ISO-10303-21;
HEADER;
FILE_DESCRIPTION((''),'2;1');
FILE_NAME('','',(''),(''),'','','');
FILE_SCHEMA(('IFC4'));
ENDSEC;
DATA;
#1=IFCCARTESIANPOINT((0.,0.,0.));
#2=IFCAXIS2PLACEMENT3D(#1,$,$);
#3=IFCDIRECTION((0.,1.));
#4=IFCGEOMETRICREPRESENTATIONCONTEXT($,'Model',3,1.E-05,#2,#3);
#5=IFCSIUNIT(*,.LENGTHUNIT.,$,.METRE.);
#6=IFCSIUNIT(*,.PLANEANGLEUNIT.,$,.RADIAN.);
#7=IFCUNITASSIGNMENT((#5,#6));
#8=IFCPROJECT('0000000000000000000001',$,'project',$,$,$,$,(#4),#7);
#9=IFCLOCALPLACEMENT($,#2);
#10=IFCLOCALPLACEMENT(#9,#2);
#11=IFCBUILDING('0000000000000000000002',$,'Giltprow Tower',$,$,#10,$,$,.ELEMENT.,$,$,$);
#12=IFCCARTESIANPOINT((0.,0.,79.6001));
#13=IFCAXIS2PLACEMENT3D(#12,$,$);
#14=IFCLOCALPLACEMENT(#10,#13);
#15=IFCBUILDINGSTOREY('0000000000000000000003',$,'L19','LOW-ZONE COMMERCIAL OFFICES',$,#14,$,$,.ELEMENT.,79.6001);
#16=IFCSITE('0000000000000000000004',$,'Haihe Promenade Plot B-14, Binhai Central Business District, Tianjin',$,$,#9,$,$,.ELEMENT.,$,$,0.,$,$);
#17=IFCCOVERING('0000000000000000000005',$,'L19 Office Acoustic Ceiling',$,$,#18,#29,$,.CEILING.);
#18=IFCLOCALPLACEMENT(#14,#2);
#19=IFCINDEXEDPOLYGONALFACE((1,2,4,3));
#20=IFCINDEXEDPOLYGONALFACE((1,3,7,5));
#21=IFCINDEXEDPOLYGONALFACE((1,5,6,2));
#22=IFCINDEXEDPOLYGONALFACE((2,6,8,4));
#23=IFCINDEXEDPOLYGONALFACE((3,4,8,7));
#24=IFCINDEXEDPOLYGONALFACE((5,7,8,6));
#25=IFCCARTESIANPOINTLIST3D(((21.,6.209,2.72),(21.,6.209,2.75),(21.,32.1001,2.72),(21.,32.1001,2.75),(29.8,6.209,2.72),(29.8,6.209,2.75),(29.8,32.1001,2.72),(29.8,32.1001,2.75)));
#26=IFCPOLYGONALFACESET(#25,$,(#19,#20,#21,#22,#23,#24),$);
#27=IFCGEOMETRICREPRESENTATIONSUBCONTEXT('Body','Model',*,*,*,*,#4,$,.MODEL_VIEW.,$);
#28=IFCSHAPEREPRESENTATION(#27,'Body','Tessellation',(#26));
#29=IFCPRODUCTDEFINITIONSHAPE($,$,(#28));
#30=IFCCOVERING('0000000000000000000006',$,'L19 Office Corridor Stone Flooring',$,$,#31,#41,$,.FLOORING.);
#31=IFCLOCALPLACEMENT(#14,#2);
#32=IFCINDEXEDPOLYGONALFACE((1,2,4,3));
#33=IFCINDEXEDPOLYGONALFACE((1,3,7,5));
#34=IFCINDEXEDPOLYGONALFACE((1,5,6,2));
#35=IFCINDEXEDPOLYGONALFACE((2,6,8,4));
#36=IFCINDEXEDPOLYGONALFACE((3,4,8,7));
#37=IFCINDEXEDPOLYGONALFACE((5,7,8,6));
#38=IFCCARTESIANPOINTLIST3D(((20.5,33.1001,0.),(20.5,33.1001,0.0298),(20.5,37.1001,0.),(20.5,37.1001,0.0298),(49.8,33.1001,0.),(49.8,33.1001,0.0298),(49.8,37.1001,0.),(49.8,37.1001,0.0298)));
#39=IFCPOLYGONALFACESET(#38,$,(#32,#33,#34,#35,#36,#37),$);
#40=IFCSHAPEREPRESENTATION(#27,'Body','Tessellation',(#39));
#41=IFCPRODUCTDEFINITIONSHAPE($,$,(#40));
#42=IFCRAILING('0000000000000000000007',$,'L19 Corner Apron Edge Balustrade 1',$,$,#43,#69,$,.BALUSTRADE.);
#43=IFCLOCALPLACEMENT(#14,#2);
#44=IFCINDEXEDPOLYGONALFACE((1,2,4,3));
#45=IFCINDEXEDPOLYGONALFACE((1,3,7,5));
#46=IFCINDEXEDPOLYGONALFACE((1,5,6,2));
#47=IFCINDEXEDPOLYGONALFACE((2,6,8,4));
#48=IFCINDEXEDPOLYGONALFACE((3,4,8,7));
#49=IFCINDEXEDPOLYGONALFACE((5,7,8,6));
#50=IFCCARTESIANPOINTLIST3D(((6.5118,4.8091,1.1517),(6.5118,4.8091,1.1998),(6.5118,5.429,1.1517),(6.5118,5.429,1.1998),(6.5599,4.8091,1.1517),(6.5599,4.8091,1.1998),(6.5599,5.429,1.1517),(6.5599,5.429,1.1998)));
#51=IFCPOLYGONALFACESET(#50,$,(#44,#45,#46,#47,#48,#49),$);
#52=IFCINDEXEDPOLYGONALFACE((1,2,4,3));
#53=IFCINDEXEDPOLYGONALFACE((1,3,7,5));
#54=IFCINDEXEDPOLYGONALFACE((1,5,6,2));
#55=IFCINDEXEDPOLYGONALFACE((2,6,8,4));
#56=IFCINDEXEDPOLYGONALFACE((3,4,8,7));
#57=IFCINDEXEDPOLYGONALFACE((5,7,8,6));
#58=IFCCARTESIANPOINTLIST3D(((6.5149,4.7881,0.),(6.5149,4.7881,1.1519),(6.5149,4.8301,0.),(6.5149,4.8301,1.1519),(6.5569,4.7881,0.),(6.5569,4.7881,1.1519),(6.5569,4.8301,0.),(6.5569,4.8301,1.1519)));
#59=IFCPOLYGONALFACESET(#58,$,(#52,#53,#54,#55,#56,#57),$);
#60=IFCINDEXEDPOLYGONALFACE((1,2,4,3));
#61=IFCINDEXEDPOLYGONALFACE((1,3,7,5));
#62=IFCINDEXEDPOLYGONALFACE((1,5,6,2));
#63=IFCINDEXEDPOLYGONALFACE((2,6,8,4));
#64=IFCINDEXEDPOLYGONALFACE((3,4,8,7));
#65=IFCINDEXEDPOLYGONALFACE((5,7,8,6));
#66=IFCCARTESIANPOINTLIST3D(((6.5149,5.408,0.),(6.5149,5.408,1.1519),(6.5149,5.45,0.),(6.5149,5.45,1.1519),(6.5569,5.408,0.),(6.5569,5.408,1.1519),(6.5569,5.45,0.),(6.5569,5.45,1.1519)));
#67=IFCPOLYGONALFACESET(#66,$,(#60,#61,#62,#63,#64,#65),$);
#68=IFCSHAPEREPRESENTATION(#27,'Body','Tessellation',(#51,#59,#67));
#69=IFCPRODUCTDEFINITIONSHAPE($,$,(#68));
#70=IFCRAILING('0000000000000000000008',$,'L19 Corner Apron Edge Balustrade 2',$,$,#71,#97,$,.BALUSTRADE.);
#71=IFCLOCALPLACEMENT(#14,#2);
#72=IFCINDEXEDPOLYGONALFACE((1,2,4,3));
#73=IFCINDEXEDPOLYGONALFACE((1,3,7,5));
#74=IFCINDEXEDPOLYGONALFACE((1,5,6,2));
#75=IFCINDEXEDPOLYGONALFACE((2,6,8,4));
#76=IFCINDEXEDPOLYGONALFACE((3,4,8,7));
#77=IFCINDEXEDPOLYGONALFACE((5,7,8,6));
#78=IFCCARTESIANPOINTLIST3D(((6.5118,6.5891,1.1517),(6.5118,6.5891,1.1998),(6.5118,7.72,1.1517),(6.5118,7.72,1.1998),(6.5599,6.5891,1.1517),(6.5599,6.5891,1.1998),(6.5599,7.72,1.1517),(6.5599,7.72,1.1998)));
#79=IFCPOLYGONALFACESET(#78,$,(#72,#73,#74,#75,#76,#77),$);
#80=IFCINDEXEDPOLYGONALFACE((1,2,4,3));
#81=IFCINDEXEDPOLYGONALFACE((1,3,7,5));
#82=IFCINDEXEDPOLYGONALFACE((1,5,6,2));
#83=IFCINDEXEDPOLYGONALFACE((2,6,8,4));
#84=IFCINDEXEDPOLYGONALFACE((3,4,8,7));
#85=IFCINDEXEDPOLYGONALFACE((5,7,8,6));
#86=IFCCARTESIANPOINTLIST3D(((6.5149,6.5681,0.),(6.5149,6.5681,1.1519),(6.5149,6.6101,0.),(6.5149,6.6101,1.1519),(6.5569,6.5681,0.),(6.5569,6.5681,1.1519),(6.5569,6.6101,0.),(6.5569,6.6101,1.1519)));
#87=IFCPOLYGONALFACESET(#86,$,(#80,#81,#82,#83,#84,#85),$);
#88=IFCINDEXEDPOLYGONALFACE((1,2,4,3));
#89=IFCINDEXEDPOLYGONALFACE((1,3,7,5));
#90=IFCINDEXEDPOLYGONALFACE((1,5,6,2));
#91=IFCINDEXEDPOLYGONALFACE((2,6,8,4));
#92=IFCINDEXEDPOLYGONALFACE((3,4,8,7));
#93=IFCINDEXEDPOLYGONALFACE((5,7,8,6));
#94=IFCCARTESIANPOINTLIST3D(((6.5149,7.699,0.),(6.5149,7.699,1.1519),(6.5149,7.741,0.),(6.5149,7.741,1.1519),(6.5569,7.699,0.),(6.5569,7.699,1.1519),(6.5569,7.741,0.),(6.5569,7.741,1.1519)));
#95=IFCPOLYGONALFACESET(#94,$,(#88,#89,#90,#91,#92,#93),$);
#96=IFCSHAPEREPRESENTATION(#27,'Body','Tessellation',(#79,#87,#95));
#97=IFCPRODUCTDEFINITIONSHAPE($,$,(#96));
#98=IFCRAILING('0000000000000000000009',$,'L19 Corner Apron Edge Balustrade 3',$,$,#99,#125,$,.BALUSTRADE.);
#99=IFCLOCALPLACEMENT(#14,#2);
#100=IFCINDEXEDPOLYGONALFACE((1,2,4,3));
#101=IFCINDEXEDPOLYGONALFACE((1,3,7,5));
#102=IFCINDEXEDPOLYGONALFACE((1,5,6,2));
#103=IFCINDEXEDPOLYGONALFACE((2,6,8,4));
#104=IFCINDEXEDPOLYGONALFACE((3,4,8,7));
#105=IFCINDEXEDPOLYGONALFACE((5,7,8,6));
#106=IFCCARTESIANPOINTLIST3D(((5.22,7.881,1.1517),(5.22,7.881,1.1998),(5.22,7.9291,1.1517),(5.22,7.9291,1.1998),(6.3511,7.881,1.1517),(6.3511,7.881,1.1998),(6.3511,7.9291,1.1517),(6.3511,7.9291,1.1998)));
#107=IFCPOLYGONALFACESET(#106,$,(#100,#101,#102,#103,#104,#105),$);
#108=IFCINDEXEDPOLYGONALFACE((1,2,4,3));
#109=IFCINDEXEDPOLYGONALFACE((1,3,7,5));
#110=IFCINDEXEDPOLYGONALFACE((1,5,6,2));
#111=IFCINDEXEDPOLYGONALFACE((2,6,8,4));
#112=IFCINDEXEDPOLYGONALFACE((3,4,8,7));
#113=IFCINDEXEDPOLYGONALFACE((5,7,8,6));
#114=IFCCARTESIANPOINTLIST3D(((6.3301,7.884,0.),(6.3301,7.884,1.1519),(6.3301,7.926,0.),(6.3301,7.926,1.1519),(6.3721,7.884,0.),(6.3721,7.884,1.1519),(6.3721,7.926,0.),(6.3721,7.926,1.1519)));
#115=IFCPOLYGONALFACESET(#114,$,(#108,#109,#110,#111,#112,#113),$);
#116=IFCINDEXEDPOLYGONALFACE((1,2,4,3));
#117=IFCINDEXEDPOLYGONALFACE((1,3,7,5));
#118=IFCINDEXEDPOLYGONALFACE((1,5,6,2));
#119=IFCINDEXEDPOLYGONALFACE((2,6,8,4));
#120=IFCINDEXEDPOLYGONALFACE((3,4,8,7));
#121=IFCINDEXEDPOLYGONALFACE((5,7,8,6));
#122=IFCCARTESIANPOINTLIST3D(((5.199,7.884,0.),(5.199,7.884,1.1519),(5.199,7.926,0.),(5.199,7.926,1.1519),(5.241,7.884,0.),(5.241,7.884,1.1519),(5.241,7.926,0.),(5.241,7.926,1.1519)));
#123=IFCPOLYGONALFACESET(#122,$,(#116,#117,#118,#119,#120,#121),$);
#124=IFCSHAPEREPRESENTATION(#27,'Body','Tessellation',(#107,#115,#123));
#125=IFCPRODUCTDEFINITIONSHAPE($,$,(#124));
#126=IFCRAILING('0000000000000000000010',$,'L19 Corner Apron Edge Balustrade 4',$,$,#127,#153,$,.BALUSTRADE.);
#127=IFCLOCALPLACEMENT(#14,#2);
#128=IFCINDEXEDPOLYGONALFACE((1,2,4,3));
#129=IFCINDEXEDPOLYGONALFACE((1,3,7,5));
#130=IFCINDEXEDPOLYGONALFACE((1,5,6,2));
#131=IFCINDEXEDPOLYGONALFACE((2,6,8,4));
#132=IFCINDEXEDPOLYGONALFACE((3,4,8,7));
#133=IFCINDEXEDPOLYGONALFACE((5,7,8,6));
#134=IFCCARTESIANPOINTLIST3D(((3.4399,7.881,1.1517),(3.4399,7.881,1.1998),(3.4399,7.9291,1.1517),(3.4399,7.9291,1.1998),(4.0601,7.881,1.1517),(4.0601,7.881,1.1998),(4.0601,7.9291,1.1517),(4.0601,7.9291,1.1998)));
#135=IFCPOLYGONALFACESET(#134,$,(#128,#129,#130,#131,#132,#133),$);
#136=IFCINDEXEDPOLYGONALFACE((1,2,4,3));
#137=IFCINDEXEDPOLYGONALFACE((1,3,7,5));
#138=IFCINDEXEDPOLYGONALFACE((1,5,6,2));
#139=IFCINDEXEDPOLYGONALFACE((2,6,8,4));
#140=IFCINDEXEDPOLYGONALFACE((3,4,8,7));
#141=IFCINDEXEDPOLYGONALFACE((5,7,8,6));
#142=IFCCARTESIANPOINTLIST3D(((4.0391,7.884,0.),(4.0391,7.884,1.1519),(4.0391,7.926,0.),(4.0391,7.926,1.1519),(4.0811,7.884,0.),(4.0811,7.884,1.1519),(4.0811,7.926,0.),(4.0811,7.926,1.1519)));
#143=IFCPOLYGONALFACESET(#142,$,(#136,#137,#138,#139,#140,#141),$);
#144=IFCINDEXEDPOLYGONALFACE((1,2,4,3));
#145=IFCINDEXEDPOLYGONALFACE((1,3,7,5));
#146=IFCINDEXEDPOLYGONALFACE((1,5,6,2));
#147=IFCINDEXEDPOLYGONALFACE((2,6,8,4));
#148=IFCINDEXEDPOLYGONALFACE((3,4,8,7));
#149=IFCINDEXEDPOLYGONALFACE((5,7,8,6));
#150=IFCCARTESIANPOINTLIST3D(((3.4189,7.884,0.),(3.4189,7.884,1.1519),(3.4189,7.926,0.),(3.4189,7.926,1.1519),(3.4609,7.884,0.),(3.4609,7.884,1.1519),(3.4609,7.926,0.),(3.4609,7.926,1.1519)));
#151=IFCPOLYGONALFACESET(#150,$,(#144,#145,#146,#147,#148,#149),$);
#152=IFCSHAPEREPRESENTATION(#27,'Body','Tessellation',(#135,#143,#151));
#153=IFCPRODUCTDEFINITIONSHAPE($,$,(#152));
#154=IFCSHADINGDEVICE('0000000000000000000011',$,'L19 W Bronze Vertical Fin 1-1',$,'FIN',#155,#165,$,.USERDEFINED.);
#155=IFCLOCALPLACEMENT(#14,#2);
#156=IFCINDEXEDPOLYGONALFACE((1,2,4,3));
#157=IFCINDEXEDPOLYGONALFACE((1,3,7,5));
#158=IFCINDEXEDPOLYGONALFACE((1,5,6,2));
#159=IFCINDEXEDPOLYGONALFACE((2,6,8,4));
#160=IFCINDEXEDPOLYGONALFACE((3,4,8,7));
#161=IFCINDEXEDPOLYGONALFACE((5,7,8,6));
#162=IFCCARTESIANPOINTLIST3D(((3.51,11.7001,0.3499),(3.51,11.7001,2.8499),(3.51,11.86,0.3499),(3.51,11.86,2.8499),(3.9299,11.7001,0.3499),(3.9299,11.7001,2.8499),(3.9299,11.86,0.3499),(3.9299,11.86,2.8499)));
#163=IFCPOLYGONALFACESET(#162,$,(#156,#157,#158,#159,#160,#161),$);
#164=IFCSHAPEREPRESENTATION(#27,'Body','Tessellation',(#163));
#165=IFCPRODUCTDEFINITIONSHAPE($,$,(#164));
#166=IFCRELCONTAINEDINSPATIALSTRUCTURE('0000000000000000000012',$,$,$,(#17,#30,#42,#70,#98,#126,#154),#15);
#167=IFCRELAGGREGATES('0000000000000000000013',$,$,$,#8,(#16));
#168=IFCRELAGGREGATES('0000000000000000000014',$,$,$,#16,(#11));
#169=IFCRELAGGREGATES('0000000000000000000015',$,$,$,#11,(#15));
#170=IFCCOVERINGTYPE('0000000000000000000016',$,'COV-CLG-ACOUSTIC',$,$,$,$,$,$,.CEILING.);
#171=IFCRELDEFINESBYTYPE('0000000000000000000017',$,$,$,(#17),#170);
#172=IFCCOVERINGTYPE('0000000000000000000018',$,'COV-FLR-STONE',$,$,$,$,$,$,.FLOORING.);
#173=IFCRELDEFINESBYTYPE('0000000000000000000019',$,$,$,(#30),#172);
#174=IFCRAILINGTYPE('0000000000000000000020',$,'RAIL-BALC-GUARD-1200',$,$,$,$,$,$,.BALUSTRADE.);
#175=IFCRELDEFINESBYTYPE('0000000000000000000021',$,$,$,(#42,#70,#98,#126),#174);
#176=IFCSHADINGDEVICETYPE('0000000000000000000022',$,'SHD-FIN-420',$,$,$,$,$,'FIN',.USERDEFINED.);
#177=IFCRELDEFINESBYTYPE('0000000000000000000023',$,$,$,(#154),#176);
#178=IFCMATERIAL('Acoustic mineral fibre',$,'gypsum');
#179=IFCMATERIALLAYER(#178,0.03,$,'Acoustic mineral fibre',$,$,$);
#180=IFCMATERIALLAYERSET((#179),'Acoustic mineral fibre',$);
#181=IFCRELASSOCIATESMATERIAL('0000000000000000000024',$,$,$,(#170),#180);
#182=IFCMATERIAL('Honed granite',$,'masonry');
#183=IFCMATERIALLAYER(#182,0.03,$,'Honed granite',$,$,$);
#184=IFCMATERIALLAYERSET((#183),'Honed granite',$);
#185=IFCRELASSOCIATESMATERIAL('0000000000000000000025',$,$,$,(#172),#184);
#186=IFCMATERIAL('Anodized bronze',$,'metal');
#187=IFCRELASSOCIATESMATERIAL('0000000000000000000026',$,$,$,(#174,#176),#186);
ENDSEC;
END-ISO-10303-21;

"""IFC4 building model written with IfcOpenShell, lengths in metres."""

from ifc_helpers import new_model, si_unit, direction, frame, origin, origin_2d, place, context, subcontext, project, spatial, polyline, rectangle, outline, extrude, source, transform, mapped, material, layer, layer_set, type_object, element, save


model = new_model("IFC4")

# Units and contexts
model_context = context("Model", 3, precision=1e-05, world=origin(), true_north=direction((0.0, 1.0)))
body_context = subcontext(model_context, "Body", "Model", "MODEL_VIEW")
ifc_project = project(units=[si_unit("LENGTHUNIT", "METRE"), si_unit("PLANEANGLEUNIT", "RADIAN")], contexts=[model_context])

# Site, building, storey
site_placement = place(None, origin())
site = spatial("IfcSite", under=ifc_project, at=site_placement, Name="Haihe Promenade Plot B-14, Binhai Central Business District, Tianjin", CompositionType="ELEMENT", RefElevation=0.0)
building_placement = place(site_placement, origin())
building = spatial("IfcBuilding", under=site, at=building_placement, Name="Giltprow Tower", CompositionType="ELEMENT")
storey_placement = place(building_placement, frame((0.0, 0.0, 79.6001)))
storey = spatial("IfcBuildingStorey", under=building, at=storey_placement, Name="L19", Description="LOW-ZONE COMMERCIAL OFFICES", CompositionType="ELEMENT", Elevation=79.6001)

# Shared definitions
ifc_material_1 = material(Name="Anodized bronze", Category="metal")

# Coverings
ifc_material_2 = material(Name="Acoustic mineral fibre", Category="gypsum")
ifc_layer_1 = layer(ifc_material_2, 0.03, Name="Acoustic mineral fibre")
ifc_layer_set_1 = layer_set([ifc_layer_1], Name="Acoustic mineral fibre")
covering_type_1 = type_object("IfcCoveringType", Name="COV-CLG-ACOUSTIC", PredefinedType="CEILING", material=ifc_layer_set_1)
covering_1_placement = place(storey_placement, frame((0.0, 0.0, 2.72)))
element("IfcCovering", 1, at=covering_1_placement, inside=storey, type_object=covering_type_1, Name="L19 Office Acoustic Ceiling", PredefinedType="CEILING", context=body_context, shape_type="SweptSolid", body=[
    extrude(outline(polyline([(21.0, 6.209), (29.8, 6.209), (29.8, 32.1001), (21.0, 32.1001), (21.0, 6.209)])), origin(), (0.0, 0.0, 1.0), 0.03),
])
ifc_material_3 = material(Name="Honed granite", Category="masonry")
ifc_layer_2 = layer(ifc_material_3, 0.03, Name="Honed granite")
ifc_layer_set_2 = layer_set([ifc_layer_2], Name="Honed granite")
covering_type_2 = type_object("IfcCoveringType", Name="COV-FLR-STONE", PredefinedType="FLOORING", material=ifc_layer_set_2)
covering_2_placement = place(storey_placement, origin())
element("IfcCovering", 2, at=covering_2_placement, inside=storey, type_object=covering_type_2, Name="L19 Office Corridor Stone Flooring", PredefinedType="FLOORING", context=body_context, shape_type="SweptSolid", body=[
    extrude(outline(polyline([(20.5, 33.1001), (49.8, 33.1001), (49.8, 37.1001), (20.5, 37.1001), (20.5, 33.1001)])), origin(), (0.0, 0.0, 1.0), 0.0298),
])

# Railings
railing_type = type_object("IfcRailingType", Name="RAIL-BALC-GUARD-1200", PredefinedType="BALUSTRADE", material=ifc_material_1)
railing_1_placement = place(storey_placement, frame((6.5359, 4.8091, 0.0)))
element("IfcRailing", 3, at=railing_1_placement, inside=storey, type_object=railing_type, Name="L19 Corner Apron Edge Balustrade 1", PredefinedType="BALUSTRADE", context=body_context, shape_type="SweptSolid", body=[
    extrude(rectangle(XDim=0.0481, YDim=0.0481, at=origin_2d()), frame((0.0, 0.0, 1.1758), z_axis=(0.0, 1.0, 0.0), x_axis=(-1.0, 0.0, 0.0)), (0.0, 0.0, 1.0), 0.6199),
    extrude(rectangle(XDim=0.042, YDim=0.042, at=origin_2d()), origin(), (0.0, 0.0, 1.0), 1.1519),
    extrude(rectangle(XDim=0.042, YDim=0.042, at=origin_2d()), frame((0.0, 0.6199, 0.0)), (0.0, 0.0, 1.0), 1.1519),
])
railing_2_placement = place(storey_placement, frame((6.5359, 6.5891, 0.0)))
element("IfcRailing", 4, at=railing_2_placement, inside=storey, type_object=railing_type, Name="L19 Corner Apron Edge Balustrade 2", PredefinedType="BALUSTRADE", context=body_context, shape_type="SweptSolid", body=[
    extrude(rectangle(XDim=0.0481, YDim=0.0481, at=origin_2d()), frame((0.0, 0.0, 1.1758), z_axis=(0.0, 1.0, 0.0), x_axis=(-1.0, 0.0, 0.0)), (0.0, 0.0, 1.0), 1.1309),
    extrude(rectangle(XDim=0.042, YDim=0.042, at=origin_2d()), origin(), (0.0, 0.0, 1.0), 1.1519),
    extrude(rectangle(XDim=0.042, YDim=0.042, at=origin_2d()), frame((0.0, 1.1309, 0.0)), (0.0, 0.0, 1.0), 1.1519),
])
railing_3_placement = place(storey_placement, frame((6.3511, 7.905, 0.0)))
element("IfcRailing", 5, at=railing_3_placement, inside=storey, type_object=railing_type, Name="L19 Corner Apron Edge Balustrade 3", PredefinedType="BALUSTRADE", context=body_context, shape_type="SweptSolid", body=[
    extrude(rectangle(XDim=0.0481, YDim=0.0481, at=origin_2d()), frame((0.0, 0.0, 1.1758), z_axis=(-1.0, 0.0, 0.0), x_axis=(0.0, -1.0, 0.0)), (0.0, 0.0, 1.0), 1.1311),
    extrude(rectangle(XDim=0.042, YDim=0.042, at=origin_2d()), origin(), (0.0, 0.0, 1.0), 1.1519),
    extrude(rectangle(XDim=0.042, YDim=0.042, at=origin_2d()), frame((-1.1311, 0.0, 0.0)), (0.0, 0.0, 1.0), 1.1519),
])
railing_4_placement = place(storey_placement, frame((4.0601, 7.905, 0.0)))
element("IfcRailing", 6, at=railing_4_placement, inside=storey, type_object=railing_type, Name="L19 Corner Apron Edge Balustrade 4", PredefinedType="BALUSTRADE", context=body_context, shape_type="SweptSolid", body=[
    extrude(rectangle(XDim=0.0481, YDim=0.0481, at=origin_2d()), frame((0.0, 0.0, 1.1758), z_axis=(-1.0, 0.0, 0.0), x_axis=(0.0, -1.0, 0.0)), (0.0, 0.0, 1.0), 0.6201),
    extrude(rectangle(XDim=0.042, YDim=0.042, at=origin_2d()), origin(), (0.0, 0.0, 1.0), 1.1519),
    extrude(rectangle(XDim=0.042, YDim=0.042, at=origin_2d()), frame((-0.6201, 0.0, 0.0)), (0.0, 0.0, 1.0), 1.1519),
])

# Shading device
shading_device_type = type_object("IfcShadingDeviceType", Name="SHD-FIN-420", ElementType="FIN", PredefinedType="USERDEFINED", material=ifc_material_1)
shared_shape_1 = source(origin(), body_context, "Body", "SweptSolid", [
    extrude(rectangle(XDim=0.4199, YDim=0.1599, at=origin_2d()), origin(), (0.0, 0.0, 1.0), 2.5),
])
shading_device_placement = place(storey_placement, frame((3.72, 11.78, 0.3499), z_axis=(0.0, 0.0, 1.0), x_axis=(1.0, 0.0, 0.0)))
element("IfcShadingDevice", 7, at=shading_device_placement, inside=storey, type_object=shading_device_type, Name="L19 W Bronze Vertical Fin 1-1", ObjectType="FIN", PredefinedType="USERDEFINED", context=body_context, shape_type="MappedRepresentation", body=[
    mapped(shared_shape_1, transform((0.0, 0.0, 0.0), x_axis=(1.0, 0.0, 0.0), y_axis=(0.0, 1.0, 0.0), z_axis=(0.0, 0.0, 1.0), scale=1.0)),
])

save(model, "model.ifc")
